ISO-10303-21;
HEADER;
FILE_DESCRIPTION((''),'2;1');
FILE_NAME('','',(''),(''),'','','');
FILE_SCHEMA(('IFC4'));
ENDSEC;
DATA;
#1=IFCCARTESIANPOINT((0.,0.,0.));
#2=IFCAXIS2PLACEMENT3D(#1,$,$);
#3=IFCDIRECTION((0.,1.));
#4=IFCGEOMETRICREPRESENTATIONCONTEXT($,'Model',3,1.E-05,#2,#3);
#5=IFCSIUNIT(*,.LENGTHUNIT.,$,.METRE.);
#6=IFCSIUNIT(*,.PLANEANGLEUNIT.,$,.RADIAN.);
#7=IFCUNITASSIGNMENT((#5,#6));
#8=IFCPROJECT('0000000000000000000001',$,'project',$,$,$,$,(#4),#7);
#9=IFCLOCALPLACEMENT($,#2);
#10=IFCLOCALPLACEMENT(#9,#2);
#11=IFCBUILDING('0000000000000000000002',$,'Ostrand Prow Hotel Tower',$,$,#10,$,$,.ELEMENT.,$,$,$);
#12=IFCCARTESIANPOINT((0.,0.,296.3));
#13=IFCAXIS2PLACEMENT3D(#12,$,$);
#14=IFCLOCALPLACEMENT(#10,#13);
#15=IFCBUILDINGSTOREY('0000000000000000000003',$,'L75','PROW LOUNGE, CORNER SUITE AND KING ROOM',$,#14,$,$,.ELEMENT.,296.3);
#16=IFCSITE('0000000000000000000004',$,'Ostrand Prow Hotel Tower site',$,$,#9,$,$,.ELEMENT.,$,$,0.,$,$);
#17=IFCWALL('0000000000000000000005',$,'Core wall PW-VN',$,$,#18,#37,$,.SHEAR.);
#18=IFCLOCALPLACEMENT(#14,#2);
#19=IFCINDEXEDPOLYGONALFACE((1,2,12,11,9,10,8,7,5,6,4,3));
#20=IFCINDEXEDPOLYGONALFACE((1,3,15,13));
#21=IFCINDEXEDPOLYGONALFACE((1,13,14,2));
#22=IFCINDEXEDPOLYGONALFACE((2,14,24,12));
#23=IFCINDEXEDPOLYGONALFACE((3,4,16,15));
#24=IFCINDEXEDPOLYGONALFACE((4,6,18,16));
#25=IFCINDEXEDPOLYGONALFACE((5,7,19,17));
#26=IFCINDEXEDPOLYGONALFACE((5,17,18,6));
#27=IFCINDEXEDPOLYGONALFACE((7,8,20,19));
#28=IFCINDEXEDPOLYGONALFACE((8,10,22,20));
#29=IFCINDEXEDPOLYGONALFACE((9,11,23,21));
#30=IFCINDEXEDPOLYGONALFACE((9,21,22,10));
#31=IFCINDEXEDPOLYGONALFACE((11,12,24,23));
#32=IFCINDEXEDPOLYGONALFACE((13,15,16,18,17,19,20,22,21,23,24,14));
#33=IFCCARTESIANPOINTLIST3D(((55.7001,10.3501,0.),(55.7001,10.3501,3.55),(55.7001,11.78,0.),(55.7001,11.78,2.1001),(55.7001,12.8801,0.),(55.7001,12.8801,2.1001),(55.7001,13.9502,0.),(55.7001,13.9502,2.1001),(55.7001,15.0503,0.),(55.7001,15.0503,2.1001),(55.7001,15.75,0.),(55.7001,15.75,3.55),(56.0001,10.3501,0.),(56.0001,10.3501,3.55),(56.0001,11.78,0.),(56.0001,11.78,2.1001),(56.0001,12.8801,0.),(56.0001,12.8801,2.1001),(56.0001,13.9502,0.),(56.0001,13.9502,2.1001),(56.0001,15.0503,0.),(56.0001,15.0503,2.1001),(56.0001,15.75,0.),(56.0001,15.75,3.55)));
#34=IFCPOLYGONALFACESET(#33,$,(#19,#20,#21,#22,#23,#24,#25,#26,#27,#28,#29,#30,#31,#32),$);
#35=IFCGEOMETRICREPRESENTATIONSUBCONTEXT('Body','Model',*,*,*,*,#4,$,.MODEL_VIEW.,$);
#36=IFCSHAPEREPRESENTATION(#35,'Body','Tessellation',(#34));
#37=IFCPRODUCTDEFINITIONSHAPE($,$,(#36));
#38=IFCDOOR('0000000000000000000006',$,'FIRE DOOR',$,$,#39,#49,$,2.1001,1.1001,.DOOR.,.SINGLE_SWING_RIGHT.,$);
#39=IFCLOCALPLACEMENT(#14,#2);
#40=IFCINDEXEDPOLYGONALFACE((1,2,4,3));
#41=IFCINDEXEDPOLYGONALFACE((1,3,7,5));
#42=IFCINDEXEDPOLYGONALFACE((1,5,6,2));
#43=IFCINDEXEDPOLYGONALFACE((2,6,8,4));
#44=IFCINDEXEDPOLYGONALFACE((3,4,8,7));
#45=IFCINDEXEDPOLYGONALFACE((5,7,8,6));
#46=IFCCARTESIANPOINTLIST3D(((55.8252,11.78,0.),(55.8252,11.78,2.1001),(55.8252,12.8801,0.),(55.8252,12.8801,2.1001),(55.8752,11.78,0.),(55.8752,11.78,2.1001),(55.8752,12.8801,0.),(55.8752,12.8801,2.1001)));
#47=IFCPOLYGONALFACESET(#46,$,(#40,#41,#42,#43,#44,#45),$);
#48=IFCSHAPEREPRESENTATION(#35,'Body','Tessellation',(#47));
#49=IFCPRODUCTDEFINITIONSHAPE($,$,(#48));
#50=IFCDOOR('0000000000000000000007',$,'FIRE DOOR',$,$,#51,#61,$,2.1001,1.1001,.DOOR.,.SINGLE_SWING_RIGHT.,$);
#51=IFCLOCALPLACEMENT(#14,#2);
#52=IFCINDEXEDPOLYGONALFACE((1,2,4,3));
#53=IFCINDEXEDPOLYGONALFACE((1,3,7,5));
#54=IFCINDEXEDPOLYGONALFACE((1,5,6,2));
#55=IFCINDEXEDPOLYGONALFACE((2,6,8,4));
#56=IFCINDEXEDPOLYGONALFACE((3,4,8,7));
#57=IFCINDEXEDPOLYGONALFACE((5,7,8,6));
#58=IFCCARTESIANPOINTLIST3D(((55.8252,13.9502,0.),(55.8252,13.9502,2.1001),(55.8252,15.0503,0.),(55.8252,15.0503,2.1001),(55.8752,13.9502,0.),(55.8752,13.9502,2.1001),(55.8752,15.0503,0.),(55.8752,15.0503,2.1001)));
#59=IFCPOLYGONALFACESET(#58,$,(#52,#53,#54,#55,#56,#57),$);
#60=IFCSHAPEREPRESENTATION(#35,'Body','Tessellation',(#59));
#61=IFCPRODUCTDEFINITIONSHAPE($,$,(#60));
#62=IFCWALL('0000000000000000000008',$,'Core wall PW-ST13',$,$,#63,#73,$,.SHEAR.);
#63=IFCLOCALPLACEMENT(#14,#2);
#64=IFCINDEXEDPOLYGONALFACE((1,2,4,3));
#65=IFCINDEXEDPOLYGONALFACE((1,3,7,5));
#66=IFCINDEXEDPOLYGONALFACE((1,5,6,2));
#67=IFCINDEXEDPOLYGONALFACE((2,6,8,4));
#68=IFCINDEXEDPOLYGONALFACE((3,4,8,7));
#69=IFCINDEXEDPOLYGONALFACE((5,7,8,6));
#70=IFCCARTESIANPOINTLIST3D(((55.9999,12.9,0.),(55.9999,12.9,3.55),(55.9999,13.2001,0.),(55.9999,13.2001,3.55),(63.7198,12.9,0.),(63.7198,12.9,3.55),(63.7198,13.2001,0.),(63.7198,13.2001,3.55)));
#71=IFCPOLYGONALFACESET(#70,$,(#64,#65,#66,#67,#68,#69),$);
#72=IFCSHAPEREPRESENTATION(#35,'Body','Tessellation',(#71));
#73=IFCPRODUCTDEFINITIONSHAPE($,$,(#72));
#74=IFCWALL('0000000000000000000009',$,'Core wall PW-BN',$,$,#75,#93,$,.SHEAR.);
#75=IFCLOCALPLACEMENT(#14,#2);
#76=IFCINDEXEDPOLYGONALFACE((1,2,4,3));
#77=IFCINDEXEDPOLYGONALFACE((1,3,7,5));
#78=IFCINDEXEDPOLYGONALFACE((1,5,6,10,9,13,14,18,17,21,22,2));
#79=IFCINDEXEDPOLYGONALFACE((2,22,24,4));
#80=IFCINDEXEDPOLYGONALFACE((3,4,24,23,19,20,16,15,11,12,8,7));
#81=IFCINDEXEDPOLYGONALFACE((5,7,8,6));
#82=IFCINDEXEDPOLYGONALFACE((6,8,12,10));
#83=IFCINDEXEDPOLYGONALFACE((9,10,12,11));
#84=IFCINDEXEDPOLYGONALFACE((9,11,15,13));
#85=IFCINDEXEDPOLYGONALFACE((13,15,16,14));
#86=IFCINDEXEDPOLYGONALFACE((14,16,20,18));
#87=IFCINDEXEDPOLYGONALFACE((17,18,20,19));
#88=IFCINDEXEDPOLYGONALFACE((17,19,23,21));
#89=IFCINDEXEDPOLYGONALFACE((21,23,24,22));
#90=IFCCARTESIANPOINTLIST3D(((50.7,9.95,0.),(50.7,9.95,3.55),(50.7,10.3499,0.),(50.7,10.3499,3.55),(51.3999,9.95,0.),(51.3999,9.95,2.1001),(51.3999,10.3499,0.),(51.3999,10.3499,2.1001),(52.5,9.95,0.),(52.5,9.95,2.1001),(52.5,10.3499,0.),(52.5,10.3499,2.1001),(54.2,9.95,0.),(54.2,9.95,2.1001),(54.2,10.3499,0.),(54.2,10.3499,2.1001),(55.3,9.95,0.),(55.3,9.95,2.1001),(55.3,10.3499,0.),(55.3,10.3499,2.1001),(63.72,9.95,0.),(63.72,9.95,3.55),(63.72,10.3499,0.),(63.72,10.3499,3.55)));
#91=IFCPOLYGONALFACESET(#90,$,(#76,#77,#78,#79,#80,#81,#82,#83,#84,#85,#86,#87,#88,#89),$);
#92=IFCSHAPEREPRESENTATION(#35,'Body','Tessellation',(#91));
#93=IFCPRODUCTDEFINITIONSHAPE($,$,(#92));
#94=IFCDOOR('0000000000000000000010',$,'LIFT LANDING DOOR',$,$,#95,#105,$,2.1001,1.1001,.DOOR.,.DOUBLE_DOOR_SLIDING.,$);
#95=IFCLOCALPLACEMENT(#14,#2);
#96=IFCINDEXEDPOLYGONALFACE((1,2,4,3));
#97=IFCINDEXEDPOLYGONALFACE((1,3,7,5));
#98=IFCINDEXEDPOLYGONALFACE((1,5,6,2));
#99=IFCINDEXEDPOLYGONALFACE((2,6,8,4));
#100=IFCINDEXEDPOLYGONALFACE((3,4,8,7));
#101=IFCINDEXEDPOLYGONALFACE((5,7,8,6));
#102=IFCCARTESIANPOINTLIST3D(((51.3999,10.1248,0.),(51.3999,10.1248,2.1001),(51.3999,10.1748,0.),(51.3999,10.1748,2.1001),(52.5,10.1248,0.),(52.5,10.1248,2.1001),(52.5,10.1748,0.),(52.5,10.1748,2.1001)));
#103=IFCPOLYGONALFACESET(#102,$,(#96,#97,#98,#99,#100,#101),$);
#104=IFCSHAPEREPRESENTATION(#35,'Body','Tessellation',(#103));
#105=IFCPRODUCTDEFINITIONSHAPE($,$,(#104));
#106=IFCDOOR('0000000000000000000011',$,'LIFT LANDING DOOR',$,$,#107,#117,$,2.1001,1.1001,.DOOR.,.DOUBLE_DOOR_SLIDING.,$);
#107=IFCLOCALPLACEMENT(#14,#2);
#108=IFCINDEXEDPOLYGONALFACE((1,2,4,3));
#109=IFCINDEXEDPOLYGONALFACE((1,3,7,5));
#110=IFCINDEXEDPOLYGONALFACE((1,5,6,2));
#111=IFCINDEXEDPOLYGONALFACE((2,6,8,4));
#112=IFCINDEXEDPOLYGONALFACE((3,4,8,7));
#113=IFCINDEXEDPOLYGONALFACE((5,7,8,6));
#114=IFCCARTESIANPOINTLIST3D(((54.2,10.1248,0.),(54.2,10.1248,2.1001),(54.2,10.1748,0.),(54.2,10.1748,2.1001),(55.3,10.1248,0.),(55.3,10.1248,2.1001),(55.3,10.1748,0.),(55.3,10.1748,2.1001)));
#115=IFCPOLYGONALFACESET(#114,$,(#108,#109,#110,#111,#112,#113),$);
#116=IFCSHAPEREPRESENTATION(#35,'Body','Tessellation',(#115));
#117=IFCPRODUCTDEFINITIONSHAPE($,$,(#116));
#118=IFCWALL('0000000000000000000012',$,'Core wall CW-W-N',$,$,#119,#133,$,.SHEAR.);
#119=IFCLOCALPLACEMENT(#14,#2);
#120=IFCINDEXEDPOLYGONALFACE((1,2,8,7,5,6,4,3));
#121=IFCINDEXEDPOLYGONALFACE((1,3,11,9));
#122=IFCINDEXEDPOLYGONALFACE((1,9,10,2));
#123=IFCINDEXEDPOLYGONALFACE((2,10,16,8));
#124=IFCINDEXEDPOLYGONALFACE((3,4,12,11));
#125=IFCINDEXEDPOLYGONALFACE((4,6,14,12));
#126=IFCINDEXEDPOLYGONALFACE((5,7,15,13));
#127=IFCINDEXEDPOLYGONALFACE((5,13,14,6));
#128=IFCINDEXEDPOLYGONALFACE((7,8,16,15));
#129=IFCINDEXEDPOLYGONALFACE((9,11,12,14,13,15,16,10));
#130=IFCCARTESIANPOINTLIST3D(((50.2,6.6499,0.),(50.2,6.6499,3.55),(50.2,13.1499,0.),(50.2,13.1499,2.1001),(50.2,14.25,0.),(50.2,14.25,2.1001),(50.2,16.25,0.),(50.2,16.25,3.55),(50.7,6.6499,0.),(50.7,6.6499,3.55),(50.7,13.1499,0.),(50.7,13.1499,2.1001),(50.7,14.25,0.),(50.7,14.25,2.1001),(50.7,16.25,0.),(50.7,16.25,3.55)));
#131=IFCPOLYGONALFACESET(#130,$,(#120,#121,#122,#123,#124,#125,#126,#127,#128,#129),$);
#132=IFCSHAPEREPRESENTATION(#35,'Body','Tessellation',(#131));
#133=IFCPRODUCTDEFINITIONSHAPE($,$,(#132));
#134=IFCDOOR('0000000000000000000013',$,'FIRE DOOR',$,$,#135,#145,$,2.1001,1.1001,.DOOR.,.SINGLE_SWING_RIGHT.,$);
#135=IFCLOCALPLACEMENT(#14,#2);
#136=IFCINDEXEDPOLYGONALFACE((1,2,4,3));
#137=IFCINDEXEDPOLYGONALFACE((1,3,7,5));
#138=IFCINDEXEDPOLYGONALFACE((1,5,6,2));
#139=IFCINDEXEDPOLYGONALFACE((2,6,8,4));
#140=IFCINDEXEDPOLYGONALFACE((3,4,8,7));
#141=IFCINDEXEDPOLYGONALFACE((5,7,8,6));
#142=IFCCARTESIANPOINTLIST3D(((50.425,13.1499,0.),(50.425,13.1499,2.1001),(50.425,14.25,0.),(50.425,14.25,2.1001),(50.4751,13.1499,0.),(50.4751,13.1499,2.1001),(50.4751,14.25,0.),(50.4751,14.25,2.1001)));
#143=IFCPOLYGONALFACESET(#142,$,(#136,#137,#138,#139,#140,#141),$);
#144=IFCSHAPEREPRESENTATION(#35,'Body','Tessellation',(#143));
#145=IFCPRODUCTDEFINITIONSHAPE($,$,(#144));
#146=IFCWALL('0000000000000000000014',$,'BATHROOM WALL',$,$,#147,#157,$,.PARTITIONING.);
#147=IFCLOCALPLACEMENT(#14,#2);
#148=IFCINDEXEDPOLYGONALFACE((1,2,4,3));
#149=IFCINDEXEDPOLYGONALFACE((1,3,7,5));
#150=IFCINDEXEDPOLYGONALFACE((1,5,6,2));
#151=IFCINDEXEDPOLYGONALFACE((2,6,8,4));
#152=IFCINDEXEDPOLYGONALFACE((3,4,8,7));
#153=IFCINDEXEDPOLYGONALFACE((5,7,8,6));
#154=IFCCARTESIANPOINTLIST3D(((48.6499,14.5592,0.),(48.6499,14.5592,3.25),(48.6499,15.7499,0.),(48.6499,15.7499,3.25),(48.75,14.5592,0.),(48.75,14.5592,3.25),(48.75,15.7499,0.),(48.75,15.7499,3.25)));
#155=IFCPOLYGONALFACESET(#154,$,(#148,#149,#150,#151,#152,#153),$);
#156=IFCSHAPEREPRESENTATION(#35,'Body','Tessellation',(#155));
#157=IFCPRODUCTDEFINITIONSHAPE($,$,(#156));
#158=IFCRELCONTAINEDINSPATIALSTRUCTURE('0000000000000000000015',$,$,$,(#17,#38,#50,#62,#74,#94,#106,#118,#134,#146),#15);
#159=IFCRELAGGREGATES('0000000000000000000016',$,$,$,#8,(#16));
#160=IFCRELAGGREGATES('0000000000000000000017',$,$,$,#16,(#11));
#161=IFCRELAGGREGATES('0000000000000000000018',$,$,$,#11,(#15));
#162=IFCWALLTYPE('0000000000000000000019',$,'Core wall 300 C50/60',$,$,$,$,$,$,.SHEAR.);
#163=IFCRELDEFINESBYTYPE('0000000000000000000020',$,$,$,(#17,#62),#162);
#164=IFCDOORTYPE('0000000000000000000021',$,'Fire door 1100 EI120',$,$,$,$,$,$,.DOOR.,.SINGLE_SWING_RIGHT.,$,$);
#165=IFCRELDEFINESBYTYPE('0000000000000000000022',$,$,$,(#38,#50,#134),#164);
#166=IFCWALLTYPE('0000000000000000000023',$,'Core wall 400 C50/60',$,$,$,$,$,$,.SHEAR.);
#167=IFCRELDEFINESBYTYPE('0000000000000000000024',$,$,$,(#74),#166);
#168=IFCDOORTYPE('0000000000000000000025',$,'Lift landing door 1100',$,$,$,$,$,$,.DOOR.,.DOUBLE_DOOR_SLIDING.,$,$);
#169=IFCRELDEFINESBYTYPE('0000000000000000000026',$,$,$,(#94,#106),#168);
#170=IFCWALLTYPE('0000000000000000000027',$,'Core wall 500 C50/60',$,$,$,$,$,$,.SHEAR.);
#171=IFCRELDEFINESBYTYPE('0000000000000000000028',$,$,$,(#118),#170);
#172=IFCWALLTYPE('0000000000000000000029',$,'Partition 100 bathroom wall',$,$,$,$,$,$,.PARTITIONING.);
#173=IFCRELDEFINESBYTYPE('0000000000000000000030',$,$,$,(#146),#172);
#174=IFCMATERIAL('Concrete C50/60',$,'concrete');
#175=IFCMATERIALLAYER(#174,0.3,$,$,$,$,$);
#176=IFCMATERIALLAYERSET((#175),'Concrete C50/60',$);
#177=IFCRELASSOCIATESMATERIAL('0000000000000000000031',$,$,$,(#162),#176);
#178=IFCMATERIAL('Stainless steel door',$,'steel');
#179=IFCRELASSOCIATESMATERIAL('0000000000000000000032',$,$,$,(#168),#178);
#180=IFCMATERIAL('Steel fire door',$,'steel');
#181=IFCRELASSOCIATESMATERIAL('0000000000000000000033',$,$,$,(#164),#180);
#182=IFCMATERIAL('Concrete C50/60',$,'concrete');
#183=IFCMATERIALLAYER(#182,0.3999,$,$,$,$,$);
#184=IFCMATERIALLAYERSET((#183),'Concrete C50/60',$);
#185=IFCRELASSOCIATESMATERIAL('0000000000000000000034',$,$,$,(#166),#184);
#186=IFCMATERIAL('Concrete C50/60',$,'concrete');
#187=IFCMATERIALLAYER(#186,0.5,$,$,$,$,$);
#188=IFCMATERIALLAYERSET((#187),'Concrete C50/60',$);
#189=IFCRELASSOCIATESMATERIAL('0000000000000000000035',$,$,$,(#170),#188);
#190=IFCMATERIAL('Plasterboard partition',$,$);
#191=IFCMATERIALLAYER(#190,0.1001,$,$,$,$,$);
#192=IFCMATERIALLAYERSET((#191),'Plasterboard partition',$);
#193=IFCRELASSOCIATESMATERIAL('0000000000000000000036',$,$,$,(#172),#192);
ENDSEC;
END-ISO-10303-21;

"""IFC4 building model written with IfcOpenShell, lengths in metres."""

from ifc_helpers import new_model, si_unit, direction, frame, frame_2d, origin, place, context, subcontext, project, spatial, rectangle, extrude, material, layer, layer_set, type_object, element, fill, save


model = new_model("IFC4")

# Units and contexts
model_context = context("Model", 3, precision=1e-05, world=origin(), true_north=direction((0.0, 1.0)))
body_context = subcontext(model_context, "Body", "Model", "MODEL_VIEW")
ifc_project = project(units=[si_unit("LENGTHUNIT", "METRE"), si_unit("PLANEANGLEUNIT", "RADIAN")], contexts=[model_context])

# Site, building, storey
site_placement = place(None, origin())
site = spatial("IfcSite", under=ifc_project, at=site_placement, Name="Ostrand Prow Hotel Tower site", CompositionType="ELEMENT", RefElevation=0.0)
building_placement = place(site_placement, origin())
building = spatial("IfcBuilding", under=site, at=building_placement, Name="Ostrand Prow Hotel Tower", CompositionType="ELEMENT")
storey_placement = place(building_placement, frame((0.0, 0.0, 296.3)))
storey = spatial("IfcBuildingStorey", under=building, at=storey_placement, Name="L75", Description="PROW LOUNGE, CORNER SUITE AND KING ROOM", CompositionType="ELEMENT", Elevation=296.3)

# Shared definitions
ifc_material_1 = material(Name="Concrete C50/60", Category="concrete")
ifc_layer_1 = layer(ifc_material_1, 0.3)
ifc_layer_set_1 = layer_set([ifc_layer_1], Name="Concrete C50/60")
wall_type_1 = type_object("IfcWallType", Name="Core wall 300 C50/60", PredefinedType="SHEAR", material=ifc_layer_set_1)
ifc_material_2 = material(Name="Stainless steel door", Category="steel")
door_type_1 = type_object("IfcDoorType", Name="Lift landing door 1100", OperationType="DOUBLE_DOOR_SLIDING", PredefinedType="DOOR", material=ifc_material_2)

# Wall, openings, doors
wall_1_placement = place(storey_placement, frame((55.8501, 10.3501, 0.0), z_axis=(0.0, 0.0, 1.0), x_axis=(0.0, 1.0, 0.0)))
wall_1 = element("IfcWall", 1, at=wall_1_placement, inside=storey, type_object=wall_type_1, Name="Core wall PW-VN", PredefinedType="SHEAR", context=body_context, shape_type="SweptSolid", body=[
    extrude(rectangle(XDim=5.3999, YDim=0.3, at=frame_2d((2.7, 0.0))), origin(), (0.0, 0.0, 1.0), 3.55),
])
opening_1_placement = place(wall_1_placement, frame((1.4299, 0.0, 0.0)))
opening_1 = element("IfcOpeningElement", 2, at=opening_1_placement, cuts=wall_1, PredefinedType="OPENING", context=body_context, shape_type="SweptSolid", body=[
    extrude(rectangle(XDim=1.1001, YDim=2.1001, at=frame_2d((0.55, 1.05))), frame((0.0, 0.1599, 0.0), z_axis=(0.0, -1.0, 0.0), x_axis=(1.0, 0.0, 0.0)), (0.0, 0.0, 1.0), 0.3201),
])
opening_2_placement = place(wall_1_placement, frame((3.6001, 0.0, 0.0)))
opening_2 = element("IfcOpeningElement", 3, at=opening_2_placement, cuts=wall_1, PredefinedType="OPENING", context=body_context, shape_type="SweptSolid", body=[
    extrude(rectangle(XDim=1.1001, YDim=2.1001, at=frame_2d((0.55, 1.05))), frame((0.0, 0.1599, 0.0), z_axis=(0.0, -1.0, 0.0), x_axis=(1.0, 0.0, 0.0)), (0.0, 0.0, 1.0), 0.3201),
])
ifc_material_3 = material(Name="Steel fire door", Category="steel")
door_type_2 = type_object("IfcDoorType", Name="Fire door 1100 EI120", OperationType="SINGLE_SWING_RIGHT", PredefinedType="DOOR", material=ifc_material_3)
door_1_placement = place(opening_1_placement, origin())
door_1 = element("IfcDoor", 4, at=door_1_placement, inside=storey, type_object=door_type_2, Name="FIRE DOOR", OperationType="SINGLE_SWING_RIGHT", OverallHeight=2.1001, OverallWidth=1.1001, PredefinedType="DOOR", context=body_context, shape_type="SweptSolid", body=[
    extrude(rectangle(XDim=1.1001, YDim=2.1001, at=frame_2d((0.55, 1.05))), frame((0.0, 0.0249, 0.0), z_axis=(0.0, -1.0, 0.0), x_axis=(1.0, 0.0, 0.0)), (0.0, 0.0, 1.0), 0.05),
])
fill(opening_1, door_1)
door_2_placement = place(opening_2_placement, origin())
door_2 = element("IfcDoor", 5, at=door_2_placement, inside=storey, type_object=door_type_2, Name="FIRE DOOR", OperationType="SINGLE_SWING_RIGHT", OverallHeight=2.1001, OverallWidth=1.1001, PredefinedType="DOOR", context=body_context, shape_type="SweptSolid", body=[
    extrude(rectangle(XDim=1.1001, YDim=2.1001, at=frame_2d((0.55, 1.05))), frame((0.0, 0.0249, 0.0), z_axis=(0.0, -1.0, 0.0), x_axis=(1.0, 0.0, 0.0)), (0.0, 0.0, 1.0), 0.05),
])
fill(opening_2, door_2)

# Wall
wall_2_placement = place(storey_placement, frame((56.0, 13.05, 0.0), z_axis=(0.0, 0.0, 1.0), x_axis=(1.0, 0.0, 0.0)))
element("IfcWall", 6, at=wall_2_placement, inside=storey, type_object=wall_type_1, Name="Core wall PW-ST13", PredefinedType="SHEAR", context=body_context, shape_type="SweptSolid", body=[
    extrude(rectangle(XDim=7.72, YDim=0.3, at=frame_2d((3.8599, 0.0))), origin(), (0.0, 0.0, 1.0), 3.55),
])

# Wall, openings, doors
ifc_material_4 = material(Name="Concrete C50/60", Category="concrete")
ifc_layer_2 = layer(ifc_material_4, 0.3999)
ifc_layer_set_2 = layer_set([ifc_layer_2], Name="Concrete C50/60")
wall_type_2 = type_object("IfcWallType", Name="Core wall 400 C50/60", PredefinedType="SHEAR", material=ifc_layer_set_2)
wall_3_placement = place(storey_placement, frame((50.7, 10.1499, 0.0), z_axis=(0.0, 0.0, 1.0), x_axis=(1.0, 0.0, 0.0)))
wall_3 = element("IfcWall", 7, at=wall_3_placement, inside=storey, type_object=wall_type_2, Name="Core wall PW-BN", PredefinedType="SHEAR", context=body_context, shape_type="SweptSolid", body=[
    extrude(rectangle(XDim=13.02, YDim=0.3999, at=frame_2d((6.51, 0.0))), origin(), (0.0, 0.0, 1.0), 3.55),
])
opening_3_placement = place(wall_3_placement, frame((0.7, 0.0, 0.0)))
opening_3 = element("IfcOpeningElement", 8, at=opening_3_placement, cuts=wall_3, PredefinedType="OPENING", context=body_context, shape_type="SweptSolid", body=[
    extrude(rectangle(XDim=1.1001, YDim=2.1001, at=frame_2d((0.55, 1.05))), frame((0.0, 0.21, 0.0), z_axis=(0.0, -1.0, 0.0), x_axis=(1.0, 0.0, 0.0)), (0.0, 0.0, 1.0), 0.4199),
])
opening_4_placement = place(wall_3_placement, frame((3.5, 0.0, 0.0)))
opening_4 = element("IfcOpeningElement", 9, at=opening_4_placement, cuts=wall_3, PredefinedType="OPENING", context=body_context, shape_type="SweptSolid", body=[
    extrude(rectangle(XDim=1.1001, YDim=2.1001, at=frame_2d((0.55, 1.05))), frame((0.0, 0.21, 0.0), z_axis=(0.0, -1.0, 0.0), x_axis=(1.0, 0.0, 0.0)), (0.0, 0.0, 1.0), 0.4199),
])
door_3_placement = place(opening_3_placement, origin())
door_3 = element("IfcDoor", 10, at=door_3_placement, inside=storey, type_object=door_type_1, Name="LIFT LANDING DOOR", OperationType="DOUBLE_DOOR_SLIDING", OverallHeight=2.1001, OverallWidth=1.1001, PredefinedType="DOOR", context=body_context, shape_type="SweptSolid", body=[
    extrude(rectangle(XDim=1.1001, YDim=2.1001, at=frame_2d((0.55, 1.05))), frame((0.0, 0.0249, 0.0), z_axis=(0.0, -1.0, 0.0), x_axis=(1.0, 0.0, 0.0)), (0.0, 0.0, 1.0), 0.05),
])
fill(opening_3, door_3)
door_4_placement = place(opening_4_placement, origin())
door_4 = element("IfcDoor", 11, at=door_4_placement, inside=storey, type_object=door_type_1, Name="LIFT LANDING DOOR", OperationType="DOUBLE_DOOR_SLIDING", OverallHeight=2.1001, OverallWidth=1.1001, PredefinedType="DOOR", context=body_context, shape_type="SweptSolid", body=[
    extrude(rectangle(XDim=1.1001, YDim=2.1001, at=frame_2d((0.55, 1.05))), frame((0.0, 0.0249, 0.0), z_axis=(0.0, -1.0, 0.0), x_axis=(1.0, 0.0, 0.0)), (0.0, 0.0, 1.0), 0.05),
])
fill(opening_4, door_4)

# Wall, opening, door
ifc_material_5 = material(Name="Concrete C50/60", Category="concrete")
ifc_layer_3 = layer(ifc_material_5, 0.5)
ifc_layer_set_3 = layer_set([ifc_layer_3], Name="Concrete C50/60")
wall_type_3 = type_object("IfcWallType", Name="Core wall 500 C50/60", PredefinedType="SHEAR", material=ifc_layer_set_3)
wall_4_placement = place(storey_placement, frame((50.45, 6.6499, 0.0), z_axis=(0.0, 0.0, 1.0), x_axis=(0.0, 1.0, 0.0)))
wall_4 = element("IfcWall", 12, at=wall_4_placement, inside=storey, type_object=wall_type_3, Name="Core wall CW-W-N", PredefinedType="SHEAR", context=body_context, shape_type="SweptSolid", body=[
    extrude(rectangle(XDim=9.6001, YDim=0.5, at=frame_2d((4.8, 0.0))), origin(), (0.0, 0.0, 1.0), 3.55),
])
opening_5_placement = place(wall_4_placement, frame((6.5, 0.0, 0.0)))
opening_5 = element("IfcOpeningElement", 13, at=opening_5_placement, cuts=wall_4, PredefinedType="OPENING", context=body_context, shape_type="SweptSolid", body=[
    extrude(rectangle(XDim=1.1001, YDim=2.1001, at=frame_2d((0.55, 1.05))), frame((0.0, 0.26, 0.0), z_axis=(0.0, -1.0, 0.0), x_axis=(1.0, 0.0, 0.0)), (0.0, 0.0, 1.0), 0.52),
])
door_5_placement = place(opening_5_placement, origin())
door_5 = element("IfcDoor", 14, at=door_5_placement, inside=storey, type_object=door_type_2, Name="FIRE DOOR", OperationType="SINGLE_SWING_RIGHT", OverallHeight=2.1001, OverallWidth=1.1001, PredefinedType="DOOR", context=body_context, shape_type="SweptSolid", body=[
    extrude(rectangle(XDim=1.1001, YDim=2.1001, at=frame_2d((0.55, 1.05))), frame((0.0, 0.0249, 0.0), z_axis=(0.0, -1.0, 0.0), x_axis=(1.0, 0.0, 0.0)), (0.0, 0.0, 1.0), 0.05),
])
fill(opening_5, door_5)

# Wall
ifc_material_6 = material(Name="Plasterboard partition")
ifc_layer_4 = layer(ifc_material_6, 0.1001)
ifc_layer_set_4 = layer_set([ifc_layer_4], Name="Plasterboard partition")
wall_type_4 = type_object("IfcWallType", Name="Partition 100 bathroom wall", PredefinedType="PARTITIONING", material=ifc_layer_set_4)
wall_5_placement = place(storey_placement, frame((48.7, 14.5593, 0.0), z_axis=(0.0, 0.0, 1.0), x_axis=(0.0, 1.0, 0.0)))
element("IfcWall", 15, at=wall_5_placement, inside=storey, type_object=wall_type_4, Name="BATHROOM WALL", PredefinedType="PARTITIONING", context=body_context, shape_type="SweptSolid", body=[
    extrude(rectangle(XDim=1.1907, YDim=0.1001, at=frame_2d((0.5952, 0.0))), origin(), (0.0, 0.0, 1.0), 3.25),
])

save(model, "model.ifc")
